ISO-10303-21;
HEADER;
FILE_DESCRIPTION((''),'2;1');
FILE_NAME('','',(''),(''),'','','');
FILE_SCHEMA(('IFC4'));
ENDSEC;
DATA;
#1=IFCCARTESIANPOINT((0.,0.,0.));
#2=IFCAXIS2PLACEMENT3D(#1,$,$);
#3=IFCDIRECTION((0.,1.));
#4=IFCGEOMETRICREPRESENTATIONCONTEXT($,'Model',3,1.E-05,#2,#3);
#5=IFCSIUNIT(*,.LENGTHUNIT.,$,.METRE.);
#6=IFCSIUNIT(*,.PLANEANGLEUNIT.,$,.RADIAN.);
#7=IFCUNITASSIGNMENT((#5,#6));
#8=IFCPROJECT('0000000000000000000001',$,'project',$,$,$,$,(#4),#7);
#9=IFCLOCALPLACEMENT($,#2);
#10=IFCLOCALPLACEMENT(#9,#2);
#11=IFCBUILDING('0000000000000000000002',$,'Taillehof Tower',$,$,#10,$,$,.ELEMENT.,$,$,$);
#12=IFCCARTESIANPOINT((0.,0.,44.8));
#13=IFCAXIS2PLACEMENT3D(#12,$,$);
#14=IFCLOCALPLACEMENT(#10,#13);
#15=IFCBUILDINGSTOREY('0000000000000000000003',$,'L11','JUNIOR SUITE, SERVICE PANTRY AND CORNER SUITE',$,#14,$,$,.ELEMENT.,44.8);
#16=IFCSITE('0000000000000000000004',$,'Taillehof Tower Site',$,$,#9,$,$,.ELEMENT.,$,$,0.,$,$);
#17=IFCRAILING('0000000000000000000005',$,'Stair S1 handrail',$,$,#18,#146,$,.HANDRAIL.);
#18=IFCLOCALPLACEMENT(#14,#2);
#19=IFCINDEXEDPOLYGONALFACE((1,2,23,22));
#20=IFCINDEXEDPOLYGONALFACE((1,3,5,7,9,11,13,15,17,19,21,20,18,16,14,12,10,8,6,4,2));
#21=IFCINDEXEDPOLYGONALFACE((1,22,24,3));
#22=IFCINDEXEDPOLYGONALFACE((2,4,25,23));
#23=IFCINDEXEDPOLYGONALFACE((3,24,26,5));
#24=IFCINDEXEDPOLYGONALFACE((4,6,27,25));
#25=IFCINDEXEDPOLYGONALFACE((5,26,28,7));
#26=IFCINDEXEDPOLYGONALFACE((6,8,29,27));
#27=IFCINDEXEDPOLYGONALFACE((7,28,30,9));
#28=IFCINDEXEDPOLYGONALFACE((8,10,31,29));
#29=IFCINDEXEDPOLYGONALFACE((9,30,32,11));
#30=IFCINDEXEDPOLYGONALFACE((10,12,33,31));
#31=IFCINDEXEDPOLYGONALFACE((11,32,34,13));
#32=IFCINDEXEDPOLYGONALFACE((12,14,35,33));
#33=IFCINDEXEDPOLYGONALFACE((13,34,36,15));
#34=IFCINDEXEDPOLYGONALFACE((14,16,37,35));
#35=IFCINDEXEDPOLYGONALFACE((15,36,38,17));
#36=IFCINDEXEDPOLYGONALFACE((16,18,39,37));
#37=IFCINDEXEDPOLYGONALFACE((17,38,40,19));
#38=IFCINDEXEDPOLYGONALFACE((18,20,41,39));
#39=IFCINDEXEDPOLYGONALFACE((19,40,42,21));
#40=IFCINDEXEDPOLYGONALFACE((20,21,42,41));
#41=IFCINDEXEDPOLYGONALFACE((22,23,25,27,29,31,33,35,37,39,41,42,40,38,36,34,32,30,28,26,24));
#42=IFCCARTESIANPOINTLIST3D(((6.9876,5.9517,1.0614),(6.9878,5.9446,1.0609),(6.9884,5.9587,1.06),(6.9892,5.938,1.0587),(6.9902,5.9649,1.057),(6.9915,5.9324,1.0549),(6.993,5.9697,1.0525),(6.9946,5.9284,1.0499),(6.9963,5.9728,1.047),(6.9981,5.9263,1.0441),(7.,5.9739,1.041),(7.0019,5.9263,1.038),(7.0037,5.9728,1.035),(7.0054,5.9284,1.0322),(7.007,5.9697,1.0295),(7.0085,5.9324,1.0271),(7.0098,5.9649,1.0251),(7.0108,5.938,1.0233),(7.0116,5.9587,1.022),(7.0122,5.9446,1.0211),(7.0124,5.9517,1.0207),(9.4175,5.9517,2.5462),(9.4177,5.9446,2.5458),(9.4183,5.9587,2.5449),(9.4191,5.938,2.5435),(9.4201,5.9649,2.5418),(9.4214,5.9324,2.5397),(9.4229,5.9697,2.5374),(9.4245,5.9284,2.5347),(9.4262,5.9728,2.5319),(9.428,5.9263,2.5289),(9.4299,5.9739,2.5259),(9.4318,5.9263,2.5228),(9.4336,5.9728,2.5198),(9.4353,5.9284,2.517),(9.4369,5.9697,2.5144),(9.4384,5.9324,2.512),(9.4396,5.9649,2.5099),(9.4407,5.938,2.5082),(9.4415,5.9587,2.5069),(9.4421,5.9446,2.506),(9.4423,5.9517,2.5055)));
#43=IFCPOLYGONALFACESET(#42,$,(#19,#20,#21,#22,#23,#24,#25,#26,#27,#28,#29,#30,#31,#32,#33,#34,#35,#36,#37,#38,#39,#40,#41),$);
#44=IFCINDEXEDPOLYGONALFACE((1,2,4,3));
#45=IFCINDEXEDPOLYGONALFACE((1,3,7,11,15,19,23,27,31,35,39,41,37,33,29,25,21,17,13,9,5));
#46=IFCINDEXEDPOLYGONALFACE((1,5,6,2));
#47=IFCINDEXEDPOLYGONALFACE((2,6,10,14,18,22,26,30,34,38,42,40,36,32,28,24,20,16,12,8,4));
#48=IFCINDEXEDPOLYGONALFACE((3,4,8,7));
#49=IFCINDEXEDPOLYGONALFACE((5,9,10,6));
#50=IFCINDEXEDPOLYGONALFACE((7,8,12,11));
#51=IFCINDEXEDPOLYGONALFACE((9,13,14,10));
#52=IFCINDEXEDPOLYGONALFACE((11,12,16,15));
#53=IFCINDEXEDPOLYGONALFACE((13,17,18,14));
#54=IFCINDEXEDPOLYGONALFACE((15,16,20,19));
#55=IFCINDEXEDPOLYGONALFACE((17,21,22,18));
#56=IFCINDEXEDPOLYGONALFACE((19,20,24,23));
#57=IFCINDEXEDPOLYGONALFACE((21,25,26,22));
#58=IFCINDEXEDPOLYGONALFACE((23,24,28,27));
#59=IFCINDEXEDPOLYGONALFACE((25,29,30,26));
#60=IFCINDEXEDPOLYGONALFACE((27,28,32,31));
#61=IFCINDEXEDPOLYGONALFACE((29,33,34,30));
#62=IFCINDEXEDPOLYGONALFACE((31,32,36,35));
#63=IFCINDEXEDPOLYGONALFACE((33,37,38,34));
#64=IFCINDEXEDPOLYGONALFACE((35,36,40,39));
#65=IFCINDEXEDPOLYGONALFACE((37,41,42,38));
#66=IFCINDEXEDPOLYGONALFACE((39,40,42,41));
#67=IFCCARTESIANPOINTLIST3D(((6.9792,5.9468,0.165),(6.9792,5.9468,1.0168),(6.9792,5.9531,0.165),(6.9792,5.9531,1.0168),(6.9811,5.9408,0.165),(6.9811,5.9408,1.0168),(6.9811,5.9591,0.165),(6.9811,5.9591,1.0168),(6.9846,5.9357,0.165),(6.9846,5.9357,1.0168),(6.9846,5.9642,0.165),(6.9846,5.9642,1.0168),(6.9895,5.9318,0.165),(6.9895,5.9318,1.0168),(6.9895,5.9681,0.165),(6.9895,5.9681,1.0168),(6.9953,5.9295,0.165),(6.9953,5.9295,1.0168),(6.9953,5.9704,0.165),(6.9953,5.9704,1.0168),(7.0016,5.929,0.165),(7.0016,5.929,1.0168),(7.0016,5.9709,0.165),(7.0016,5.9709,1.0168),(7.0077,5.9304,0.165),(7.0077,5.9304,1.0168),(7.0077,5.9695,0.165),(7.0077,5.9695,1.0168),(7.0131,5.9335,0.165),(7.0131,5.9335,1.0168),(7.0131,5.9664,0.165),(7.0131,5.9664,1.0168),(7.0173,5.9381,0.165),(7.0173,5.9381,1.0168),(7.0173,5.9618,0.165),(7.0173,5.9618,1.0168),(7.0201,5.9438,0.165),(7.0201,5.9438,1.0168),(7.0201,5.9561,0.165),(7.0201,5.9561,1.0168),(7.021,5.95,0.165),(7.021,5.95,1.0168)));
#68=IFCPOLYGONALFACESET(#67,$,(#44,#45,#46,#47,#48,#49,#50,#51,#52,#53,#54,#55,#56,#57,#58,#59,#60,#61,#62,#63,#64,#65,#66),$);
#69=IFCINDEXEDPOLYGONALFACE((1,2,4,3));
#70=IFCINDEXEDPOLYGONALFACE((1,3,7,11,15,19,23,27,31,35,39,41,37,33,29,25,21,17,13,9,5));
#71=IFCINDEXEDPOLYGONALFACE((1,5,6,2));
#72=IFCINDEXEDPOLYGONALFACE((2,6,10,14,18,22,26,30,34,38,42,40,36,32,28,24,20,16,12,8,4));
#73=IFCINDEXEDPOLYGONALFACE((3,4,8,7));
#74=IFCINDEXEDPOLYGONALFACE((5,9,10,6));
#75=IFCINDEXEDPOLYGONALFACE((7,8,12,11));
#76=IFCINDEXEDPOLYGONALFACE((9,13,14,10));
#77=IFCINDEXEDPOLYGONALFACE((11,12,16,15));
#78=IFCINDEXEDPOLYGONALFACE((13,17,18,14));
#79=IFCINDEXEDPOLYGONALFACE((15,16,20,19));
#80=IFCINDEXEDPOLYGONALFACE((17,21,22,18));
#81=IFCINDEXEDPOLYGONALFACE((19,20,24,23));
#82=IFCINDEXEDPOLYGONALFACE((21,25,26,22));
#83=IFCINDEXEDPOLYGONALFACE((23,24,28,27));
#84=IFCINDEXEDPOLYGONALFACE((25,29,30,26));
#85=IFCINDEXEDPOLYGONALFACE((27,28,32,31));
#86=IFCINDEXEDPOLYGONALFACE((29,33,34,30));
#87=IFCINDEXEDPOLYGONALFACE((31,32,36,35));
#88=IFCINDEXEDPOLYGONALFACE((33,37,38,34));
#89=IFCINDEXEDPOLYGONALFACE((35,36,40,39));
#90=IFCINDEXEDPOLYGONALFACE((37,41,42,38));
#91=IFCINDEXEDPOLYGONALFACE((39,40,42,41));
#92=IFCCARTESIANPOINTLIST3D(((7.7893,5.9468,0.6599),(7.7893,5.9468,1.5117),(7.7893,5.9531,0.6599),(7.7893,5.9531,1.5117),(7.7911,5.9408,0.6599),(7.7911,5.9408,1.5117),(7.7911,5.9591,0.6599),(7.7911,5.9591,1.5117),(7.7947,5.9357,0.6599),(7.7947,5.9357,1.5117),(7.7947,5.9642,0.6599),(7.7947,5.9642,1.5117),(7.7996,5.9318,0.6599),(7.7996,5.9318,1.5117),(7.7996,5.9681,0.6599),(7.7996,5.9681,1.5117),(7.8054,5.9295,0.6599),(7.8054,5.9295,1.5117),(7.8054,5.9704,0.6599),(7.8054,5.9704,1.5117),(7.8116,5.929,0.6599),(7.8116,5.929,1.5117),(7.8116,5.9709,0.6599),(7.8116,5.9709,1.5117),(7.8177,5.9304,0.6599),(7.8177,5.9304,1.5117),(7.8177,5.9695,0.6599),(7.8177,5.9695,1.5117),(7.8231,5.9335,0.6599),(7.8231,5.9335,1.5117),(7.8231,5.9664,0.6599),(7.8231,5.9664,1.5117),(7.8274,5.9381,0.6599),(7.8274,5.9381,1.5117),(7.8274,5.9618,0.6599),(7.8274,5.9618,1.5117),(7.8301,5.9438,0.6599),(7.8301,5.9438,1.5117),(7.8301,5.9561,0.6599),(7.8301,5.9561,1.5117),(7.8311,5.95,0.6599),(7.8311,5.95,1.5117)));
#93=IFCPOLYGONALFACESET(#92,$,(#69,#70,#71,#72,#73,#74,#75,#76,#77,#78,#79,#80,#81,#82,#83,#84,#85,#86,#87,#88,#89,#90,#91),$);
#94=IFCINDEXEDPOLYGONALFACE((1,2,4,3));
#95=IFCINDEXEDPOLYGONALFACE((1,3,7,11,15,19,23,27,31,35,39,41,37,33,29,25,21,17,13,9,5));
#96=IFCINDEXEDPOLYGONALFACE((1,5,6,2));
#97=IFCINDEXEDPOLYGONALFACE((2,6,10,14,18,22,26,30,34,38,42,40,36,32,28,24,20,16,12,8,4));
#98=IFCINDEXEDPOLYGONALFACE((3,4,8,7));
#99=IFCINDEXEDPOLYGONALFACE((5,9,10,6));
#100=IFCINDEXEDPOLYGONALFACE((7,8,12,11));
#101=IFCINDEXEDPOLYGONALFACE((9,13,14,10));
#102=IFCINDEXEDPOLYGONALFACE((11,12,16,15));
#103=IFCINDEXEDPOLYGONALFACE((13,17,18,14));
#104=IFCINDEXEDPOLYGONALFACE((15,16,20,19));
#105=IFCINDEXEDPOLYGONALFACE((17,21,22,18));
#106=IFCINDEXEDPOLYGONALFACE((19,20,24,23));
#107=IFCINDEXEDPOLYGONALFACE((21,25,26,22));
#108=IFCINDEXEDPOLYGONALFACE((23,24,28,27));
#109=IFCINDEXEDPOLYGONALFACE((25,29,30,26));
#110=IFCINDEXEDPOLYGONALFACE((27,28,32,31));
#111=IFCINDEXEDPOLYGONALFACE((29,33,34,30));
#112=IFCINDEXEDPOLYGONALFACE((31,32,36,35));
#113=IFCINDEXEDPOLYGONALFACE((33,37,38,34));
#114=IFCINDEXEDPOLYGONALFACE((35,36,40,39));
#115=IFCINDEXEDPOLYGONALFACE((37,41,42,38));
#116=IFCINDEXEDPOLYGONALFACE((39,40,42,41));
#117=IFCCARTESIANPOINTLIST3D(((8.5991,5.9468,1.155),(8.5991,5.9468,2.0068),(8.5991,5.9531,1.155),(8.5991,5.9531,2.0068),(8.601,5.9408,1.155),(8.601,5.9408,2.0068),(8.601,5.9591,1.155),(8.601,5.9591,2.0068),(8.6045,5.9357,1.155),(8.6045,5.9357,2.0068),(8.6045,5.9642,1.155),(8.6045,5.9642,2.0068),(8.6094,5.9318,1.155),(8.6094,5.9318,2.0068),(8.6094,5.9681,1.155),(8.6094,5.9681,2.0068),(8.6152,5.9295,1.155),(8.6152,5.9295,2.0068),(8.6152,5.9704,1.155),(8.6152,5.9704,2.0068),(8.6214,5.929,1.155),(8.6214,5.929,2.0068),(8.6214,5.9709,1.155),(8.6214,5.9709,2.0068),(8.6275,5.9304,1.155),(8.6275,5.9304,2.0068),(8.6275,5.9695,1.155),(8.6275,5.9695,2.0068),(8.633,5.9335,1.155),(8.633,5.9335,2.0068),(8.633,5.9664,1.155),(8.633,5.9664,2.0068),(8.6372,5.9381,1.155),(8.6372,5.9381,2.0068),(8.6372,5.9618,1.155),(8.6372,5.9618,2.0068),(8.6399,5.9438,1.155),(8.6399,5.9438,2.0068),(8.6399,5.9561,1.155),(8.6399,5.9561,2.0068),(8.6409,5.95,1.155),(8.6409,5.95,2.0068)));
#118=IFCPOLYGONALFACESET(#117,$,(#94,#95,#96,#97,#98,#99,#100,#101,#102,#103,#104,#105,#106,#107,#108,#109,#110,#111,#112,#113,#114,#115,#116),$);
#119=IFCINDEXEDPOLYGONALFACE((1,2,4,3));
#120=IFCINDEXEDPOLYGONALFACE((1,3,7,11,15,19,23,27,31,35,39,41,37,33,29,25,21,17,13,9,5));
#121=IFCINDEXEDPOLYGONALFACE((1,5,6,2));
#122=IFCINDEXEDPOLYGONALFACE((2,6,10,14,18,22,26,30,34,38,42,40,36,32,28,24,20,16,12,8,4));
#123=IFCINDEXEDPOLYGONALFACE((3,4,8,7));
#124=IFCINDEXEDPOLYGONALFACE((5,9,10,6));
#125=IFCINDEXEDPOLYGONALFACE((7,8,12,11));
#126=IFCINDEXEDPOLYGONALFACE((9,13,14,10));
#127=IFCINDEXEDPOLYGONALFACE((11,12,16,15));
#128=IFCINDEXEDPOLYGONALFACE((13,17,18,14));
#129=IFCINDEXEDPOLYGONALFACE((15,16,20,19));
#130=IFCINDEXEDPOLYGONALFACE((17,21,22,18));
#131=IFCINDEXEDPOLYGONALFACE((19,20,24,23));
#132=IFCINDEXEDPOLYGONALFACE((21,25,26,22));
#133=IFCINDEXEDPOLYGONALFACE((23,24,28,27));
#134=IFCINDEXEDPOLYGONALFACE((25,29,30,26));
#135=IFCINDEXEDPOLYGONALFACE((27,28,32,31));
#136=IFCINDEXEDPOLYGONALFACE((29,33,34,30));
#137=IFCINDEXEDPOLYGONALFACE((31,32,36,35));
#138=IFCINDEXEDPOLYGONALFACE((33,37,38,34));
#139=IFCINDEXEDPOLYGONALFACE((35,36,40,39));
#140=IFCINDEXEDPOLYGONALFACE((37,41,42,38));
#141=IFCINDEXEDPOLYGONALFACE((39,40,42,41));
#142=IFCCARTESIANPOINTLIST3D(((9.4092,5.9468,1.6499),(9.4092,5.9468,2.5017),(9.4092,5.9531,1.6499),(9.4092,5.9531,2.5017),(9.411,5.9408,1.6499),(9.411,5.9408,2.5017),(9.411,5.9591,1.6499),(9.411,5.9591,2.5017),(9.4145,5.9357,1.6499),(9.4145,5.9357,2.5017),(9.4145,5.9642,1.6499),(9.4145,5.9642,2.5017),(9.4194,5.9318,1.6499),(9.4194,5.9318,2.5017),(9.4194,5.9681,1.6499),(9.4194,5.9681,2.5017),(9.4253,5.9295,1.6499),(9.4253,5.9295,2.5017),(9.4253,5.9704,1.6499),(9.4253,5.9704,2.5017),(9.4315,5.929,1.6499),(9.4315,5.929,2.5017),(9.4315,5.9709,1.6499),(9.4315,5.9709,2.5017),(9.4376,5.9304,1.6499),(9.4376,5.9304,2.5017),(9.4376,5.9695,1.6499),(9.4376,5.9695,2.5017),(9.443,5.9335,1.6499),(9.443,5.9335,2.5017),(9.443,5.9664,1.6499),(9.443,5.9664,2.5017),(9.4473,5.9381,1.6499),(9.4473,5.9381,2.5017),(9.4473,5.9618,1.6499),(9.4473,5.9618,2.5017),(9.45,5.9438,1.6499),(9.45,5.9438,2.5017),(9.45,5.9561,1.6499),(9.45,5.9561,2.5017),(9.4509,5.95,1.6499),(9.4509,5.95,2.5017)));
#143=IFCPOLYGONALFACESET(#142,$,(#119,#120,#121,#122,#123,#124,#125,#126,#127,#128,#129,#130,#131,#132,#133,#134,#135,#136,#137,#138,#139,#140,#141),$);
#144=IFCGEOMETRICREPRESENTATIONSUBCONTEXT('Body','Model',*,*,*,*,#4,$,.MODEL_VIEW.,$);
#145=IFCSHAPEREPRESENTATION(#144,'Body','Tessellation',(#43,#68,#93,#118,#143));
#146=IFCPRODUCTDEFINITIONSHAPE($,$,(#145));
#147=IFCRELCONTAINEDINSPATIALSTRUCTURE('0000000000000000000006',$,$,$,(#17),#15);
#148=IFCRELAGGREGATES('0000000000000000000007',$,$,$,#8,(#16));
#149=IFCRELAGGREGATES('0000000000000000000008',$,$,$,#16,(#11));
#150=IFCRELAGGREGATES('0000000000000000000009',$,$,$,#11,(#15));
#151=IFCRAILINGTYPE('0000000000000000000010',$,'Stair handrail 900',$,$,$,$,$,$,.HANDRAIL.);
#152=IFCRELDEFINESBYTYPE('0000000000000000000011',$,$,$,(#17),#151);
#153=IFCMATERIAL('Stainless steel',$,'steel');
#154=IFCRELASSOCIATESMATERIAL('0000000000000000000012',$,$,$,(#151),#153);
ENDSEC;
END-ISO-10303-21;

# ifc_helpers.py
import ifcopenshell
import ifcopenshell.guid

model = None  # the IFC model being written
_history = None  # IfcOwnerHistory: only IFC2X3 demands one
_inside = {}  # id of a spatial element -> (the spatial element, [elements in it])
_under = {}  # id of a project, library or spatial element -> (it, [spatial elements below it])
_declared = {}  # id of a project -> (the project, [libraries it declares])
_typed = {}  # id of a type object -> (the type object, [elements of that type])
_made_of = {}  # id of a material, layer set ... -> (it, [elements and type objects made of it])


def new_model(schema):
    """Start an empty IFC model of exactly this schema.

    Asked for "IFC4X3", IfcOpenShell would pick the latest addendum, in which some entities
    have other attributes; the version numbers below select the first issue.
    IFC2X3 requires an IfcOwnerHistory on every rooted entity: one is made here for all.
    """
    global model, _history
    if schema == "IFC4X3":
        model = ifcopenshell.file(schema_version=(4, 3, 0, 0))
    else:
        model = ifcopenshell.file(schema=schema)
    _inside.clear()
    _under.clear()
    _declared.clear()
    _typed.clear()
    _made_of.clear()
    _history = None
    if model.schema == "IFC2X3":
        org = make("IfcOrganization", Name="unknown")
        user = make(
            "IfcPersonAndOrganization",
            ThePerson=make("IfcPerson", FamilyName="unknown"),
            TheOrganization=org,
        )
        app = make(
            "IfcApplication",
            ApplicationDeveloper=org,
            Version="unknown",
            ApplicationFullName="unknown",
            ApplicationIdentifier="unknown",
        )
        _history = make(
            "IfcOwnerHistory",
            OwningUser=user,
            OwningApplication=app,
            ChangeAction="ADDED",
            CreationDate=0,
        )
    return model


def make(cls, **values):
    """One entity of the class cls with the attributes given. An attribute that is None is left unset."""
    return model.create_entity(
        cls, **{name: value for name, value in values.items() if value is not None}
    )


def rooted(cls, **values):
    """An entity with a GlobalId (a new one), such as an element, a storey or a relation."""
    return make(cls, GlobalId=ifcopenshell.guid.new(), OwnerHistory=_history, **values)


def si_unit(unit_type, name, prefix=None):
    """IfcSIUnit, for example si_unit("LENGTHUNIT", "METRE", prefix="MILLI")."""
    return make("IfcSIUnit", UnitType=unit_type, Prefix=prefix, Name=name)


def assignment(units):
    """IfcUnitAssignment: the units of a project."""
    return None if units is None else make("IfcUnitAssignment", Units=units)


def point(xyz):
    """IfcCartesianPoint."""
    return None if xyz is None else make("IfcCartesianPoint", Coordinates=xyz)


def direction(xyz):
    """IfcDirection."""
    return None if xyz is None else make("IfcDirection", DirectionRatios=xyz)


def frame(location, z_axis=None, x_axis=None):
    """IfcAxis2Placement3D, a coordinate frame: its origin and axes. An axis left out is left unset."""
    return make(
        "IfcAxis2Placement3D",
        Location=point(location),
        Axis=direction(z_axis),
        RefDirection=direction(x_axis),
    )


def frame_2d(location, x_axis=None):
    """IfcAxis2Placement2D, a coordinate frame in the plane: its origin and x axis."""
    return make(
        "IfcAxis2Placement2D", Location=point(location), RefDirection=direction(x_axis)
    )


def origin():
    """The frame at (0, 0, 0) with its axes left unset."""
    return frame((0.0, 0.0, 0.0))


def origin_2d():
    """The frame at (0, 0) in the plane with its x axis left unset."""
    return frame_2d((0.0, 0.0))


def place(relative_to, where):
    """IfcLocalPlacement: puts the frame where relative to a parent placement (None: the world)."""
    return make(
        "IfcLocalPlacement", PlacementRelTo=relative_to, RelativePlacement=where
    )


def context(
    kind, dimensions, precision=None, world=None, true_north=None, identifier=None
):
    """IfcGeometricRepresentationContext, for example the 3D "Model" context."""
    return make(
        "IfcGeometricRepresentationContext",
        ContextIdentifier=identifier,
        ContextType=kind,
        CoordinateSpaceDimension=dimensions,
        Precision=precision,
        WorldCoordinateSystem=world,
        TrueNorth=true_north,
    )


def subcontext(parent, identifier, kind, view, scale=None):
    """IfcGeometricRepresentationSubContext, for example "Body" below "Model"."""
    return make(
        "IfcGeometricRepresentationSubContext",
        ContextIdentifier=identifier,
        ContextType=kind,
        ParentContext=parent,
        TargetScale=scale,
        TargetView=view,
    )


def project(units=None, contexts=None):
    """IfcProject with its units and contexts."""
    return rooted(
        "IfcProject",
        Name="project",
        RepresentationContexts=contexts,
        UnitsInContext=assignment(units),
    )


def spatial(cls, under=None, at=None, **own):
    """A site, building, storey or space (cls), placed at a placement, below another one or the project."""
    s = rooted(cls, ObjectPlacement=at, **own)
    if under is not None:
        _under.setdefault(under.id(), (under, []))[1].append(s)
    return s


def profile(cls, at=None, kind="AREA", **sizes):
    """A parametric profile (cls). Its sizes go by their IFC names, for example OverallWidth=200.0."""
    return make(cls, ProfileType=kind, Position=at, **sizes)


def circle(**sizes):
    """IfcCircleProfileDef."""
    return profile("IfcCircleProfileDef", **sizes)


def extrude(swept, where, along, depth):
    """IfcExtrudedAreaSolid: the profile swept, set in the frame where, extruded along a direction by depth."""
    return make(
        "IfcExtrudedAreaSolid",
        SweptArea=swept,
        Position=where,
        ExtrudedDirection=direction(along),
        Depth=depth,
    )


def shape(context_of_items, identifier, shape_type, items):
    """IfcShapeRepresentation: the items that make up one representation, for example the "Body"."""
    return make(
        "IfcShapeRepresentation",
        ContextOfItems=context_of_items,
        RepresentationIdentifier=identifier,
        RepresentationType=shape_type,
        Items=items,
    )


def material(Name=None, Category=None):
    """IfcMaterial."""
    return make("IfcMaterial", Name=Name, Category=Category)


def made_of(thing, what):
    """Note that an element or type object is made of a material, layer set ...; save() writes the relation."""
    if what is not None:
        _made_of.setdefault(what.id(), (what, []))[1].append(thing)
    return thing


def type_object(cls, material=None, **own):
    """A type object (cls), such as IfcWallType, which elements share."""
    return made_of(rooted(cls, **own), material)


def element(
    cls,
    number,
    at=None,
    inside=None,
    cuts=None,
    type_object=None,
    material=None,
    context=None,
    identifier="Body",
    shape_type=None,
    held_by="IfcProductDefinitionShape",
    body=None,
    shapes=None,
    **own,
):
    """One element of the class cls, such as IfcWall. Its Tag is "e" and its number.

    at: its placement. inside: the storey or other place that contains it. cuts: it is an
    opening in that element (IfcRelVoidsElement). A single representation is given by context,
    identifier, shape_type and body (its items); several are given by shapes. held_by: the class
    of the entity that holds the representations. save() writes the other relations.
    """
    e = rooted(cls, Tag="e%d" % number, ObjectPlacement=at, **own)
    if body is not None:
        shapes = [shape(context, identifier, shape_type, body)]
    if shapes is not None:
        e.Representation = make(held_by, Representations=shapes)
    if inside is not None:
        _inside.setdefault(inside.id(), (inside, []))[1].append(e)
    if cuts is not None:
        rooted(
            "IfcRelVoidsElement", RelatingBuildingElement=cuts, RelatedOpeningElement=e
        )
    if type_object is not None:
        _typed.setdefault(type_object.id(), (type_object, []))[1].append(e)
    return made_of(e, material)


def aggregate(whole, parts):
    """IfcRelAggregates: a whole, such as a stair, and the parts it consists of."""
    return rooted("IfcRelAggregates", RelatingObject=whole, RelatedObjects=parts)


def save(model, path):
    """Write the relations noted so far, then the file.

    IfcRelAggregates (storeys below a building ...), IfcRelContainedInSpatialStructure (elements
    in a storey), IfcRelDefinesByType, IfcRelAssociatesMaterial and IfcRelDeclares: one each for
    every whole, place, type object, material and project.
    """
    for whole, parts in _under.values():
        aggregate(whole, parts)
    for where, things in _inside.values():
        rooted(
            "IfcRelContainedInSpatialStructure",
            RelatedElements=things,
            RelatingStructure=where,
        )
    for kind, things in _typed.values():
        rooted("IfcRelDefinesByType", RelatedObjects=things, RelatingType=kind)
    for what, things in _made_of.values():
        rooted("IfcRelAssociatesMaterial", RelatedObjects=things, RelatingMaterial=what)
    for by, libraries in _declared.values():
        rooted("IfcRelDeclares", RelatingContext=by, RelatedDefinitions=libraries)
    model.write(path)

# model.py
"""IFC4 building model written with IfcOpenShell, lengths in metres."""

from ifc_helpers import new_model, si_unit, direction, frame, origin, origin_2d, place, context, subcontext, project, spatial, circle, extrude, material, type_object, element, save


model = new_model("IFC4")

# Units and contexts
model_context = context("Model", 3, precision=1e-05, world=origin(), true_north=direction((0.0, 1.0)))
body_context = subcontext(model_context, "Body", "Model", "MODEL_VIEW")
ifc_project = project(units=[si_unit("LENGTHUNIT", "METRE"), si_unit("PLANEANGLEUNIT", "RADIAN")], contexts=[model_context])

# Site, building, storey
site_placement = place(None, origin())
site = spatial("IfcSite", under=ifc_project, at=site_placement, Name="Taillehof Tower Site", CompositionType="ELEMENT", RefElevation=0.0)
building_placement = place(site_placement, origin())
building = spatial("IfcBuilding", under=site, at=building_placement, Name="Taillehof Tower", CompositionType="ELEMENT")
storey_placement = place(building_placement, frame((0.0, 0.0, 44.8)))
storey = spatial("IfcBuildingStorey", under=building, at=storey_placement, Name="L11", Description="JUNIOR SUITE, SERVICE PANTRY AND CORNER SUITE", CompositionType="ELEMENT", Elevation=44.8)

# Railing
ifc_material_1 = material(Name="Stainless steel", Category="steel")
railing_type = type_object("IfcRailingType", Name="Stair handrail 900", PredefinedType="HANDRAIL", material=ifc_material_1)
railing_1_placement = place(storey_placement, frame((7.0, 5.95, 0.165)))
element("IfcRailing", 1, at=railing_1_placement, inside=storey, type_object=railing_type, Name="Stair S1 handrail", PredefinedType="HANDRAIL", context=body_context, shape_type="SweptSolid", body=[
    extrude(circle(Radius=0.0239, at=origin_2d()), frame((0.0, 0.0, 0.876), z_axis=(0.853297, 0.0, 0.521426), x_axis=(0.0, 1.0, 0.0)), (0.0, 0.0, 1.0), 2.8477),
    extrude(circle(Radius=0.021, at=origin_2d()), origin(), (0.0, 0.0, 1.0), 0.8518),
    extrude(circle(Radius=0.021, at=origin_2d()), frame((0.8101, 0.0, 0.4949)), (0.0, 0.0, 1.0), 0.8518),
    extrude(circle(Radius=0.021, at=origin_2d()), frame((1.6199, 0.0, 0.99)), (0.0, 0.0, 1.0), 0.8518),
    extrude(circle(Radius=0.021, at=origin_2d()), frame((2.4299, 0.0, 1.4849)), (0.0, 0.0, 1.0), 0.8518),
])

save(model, "model.ifc")
